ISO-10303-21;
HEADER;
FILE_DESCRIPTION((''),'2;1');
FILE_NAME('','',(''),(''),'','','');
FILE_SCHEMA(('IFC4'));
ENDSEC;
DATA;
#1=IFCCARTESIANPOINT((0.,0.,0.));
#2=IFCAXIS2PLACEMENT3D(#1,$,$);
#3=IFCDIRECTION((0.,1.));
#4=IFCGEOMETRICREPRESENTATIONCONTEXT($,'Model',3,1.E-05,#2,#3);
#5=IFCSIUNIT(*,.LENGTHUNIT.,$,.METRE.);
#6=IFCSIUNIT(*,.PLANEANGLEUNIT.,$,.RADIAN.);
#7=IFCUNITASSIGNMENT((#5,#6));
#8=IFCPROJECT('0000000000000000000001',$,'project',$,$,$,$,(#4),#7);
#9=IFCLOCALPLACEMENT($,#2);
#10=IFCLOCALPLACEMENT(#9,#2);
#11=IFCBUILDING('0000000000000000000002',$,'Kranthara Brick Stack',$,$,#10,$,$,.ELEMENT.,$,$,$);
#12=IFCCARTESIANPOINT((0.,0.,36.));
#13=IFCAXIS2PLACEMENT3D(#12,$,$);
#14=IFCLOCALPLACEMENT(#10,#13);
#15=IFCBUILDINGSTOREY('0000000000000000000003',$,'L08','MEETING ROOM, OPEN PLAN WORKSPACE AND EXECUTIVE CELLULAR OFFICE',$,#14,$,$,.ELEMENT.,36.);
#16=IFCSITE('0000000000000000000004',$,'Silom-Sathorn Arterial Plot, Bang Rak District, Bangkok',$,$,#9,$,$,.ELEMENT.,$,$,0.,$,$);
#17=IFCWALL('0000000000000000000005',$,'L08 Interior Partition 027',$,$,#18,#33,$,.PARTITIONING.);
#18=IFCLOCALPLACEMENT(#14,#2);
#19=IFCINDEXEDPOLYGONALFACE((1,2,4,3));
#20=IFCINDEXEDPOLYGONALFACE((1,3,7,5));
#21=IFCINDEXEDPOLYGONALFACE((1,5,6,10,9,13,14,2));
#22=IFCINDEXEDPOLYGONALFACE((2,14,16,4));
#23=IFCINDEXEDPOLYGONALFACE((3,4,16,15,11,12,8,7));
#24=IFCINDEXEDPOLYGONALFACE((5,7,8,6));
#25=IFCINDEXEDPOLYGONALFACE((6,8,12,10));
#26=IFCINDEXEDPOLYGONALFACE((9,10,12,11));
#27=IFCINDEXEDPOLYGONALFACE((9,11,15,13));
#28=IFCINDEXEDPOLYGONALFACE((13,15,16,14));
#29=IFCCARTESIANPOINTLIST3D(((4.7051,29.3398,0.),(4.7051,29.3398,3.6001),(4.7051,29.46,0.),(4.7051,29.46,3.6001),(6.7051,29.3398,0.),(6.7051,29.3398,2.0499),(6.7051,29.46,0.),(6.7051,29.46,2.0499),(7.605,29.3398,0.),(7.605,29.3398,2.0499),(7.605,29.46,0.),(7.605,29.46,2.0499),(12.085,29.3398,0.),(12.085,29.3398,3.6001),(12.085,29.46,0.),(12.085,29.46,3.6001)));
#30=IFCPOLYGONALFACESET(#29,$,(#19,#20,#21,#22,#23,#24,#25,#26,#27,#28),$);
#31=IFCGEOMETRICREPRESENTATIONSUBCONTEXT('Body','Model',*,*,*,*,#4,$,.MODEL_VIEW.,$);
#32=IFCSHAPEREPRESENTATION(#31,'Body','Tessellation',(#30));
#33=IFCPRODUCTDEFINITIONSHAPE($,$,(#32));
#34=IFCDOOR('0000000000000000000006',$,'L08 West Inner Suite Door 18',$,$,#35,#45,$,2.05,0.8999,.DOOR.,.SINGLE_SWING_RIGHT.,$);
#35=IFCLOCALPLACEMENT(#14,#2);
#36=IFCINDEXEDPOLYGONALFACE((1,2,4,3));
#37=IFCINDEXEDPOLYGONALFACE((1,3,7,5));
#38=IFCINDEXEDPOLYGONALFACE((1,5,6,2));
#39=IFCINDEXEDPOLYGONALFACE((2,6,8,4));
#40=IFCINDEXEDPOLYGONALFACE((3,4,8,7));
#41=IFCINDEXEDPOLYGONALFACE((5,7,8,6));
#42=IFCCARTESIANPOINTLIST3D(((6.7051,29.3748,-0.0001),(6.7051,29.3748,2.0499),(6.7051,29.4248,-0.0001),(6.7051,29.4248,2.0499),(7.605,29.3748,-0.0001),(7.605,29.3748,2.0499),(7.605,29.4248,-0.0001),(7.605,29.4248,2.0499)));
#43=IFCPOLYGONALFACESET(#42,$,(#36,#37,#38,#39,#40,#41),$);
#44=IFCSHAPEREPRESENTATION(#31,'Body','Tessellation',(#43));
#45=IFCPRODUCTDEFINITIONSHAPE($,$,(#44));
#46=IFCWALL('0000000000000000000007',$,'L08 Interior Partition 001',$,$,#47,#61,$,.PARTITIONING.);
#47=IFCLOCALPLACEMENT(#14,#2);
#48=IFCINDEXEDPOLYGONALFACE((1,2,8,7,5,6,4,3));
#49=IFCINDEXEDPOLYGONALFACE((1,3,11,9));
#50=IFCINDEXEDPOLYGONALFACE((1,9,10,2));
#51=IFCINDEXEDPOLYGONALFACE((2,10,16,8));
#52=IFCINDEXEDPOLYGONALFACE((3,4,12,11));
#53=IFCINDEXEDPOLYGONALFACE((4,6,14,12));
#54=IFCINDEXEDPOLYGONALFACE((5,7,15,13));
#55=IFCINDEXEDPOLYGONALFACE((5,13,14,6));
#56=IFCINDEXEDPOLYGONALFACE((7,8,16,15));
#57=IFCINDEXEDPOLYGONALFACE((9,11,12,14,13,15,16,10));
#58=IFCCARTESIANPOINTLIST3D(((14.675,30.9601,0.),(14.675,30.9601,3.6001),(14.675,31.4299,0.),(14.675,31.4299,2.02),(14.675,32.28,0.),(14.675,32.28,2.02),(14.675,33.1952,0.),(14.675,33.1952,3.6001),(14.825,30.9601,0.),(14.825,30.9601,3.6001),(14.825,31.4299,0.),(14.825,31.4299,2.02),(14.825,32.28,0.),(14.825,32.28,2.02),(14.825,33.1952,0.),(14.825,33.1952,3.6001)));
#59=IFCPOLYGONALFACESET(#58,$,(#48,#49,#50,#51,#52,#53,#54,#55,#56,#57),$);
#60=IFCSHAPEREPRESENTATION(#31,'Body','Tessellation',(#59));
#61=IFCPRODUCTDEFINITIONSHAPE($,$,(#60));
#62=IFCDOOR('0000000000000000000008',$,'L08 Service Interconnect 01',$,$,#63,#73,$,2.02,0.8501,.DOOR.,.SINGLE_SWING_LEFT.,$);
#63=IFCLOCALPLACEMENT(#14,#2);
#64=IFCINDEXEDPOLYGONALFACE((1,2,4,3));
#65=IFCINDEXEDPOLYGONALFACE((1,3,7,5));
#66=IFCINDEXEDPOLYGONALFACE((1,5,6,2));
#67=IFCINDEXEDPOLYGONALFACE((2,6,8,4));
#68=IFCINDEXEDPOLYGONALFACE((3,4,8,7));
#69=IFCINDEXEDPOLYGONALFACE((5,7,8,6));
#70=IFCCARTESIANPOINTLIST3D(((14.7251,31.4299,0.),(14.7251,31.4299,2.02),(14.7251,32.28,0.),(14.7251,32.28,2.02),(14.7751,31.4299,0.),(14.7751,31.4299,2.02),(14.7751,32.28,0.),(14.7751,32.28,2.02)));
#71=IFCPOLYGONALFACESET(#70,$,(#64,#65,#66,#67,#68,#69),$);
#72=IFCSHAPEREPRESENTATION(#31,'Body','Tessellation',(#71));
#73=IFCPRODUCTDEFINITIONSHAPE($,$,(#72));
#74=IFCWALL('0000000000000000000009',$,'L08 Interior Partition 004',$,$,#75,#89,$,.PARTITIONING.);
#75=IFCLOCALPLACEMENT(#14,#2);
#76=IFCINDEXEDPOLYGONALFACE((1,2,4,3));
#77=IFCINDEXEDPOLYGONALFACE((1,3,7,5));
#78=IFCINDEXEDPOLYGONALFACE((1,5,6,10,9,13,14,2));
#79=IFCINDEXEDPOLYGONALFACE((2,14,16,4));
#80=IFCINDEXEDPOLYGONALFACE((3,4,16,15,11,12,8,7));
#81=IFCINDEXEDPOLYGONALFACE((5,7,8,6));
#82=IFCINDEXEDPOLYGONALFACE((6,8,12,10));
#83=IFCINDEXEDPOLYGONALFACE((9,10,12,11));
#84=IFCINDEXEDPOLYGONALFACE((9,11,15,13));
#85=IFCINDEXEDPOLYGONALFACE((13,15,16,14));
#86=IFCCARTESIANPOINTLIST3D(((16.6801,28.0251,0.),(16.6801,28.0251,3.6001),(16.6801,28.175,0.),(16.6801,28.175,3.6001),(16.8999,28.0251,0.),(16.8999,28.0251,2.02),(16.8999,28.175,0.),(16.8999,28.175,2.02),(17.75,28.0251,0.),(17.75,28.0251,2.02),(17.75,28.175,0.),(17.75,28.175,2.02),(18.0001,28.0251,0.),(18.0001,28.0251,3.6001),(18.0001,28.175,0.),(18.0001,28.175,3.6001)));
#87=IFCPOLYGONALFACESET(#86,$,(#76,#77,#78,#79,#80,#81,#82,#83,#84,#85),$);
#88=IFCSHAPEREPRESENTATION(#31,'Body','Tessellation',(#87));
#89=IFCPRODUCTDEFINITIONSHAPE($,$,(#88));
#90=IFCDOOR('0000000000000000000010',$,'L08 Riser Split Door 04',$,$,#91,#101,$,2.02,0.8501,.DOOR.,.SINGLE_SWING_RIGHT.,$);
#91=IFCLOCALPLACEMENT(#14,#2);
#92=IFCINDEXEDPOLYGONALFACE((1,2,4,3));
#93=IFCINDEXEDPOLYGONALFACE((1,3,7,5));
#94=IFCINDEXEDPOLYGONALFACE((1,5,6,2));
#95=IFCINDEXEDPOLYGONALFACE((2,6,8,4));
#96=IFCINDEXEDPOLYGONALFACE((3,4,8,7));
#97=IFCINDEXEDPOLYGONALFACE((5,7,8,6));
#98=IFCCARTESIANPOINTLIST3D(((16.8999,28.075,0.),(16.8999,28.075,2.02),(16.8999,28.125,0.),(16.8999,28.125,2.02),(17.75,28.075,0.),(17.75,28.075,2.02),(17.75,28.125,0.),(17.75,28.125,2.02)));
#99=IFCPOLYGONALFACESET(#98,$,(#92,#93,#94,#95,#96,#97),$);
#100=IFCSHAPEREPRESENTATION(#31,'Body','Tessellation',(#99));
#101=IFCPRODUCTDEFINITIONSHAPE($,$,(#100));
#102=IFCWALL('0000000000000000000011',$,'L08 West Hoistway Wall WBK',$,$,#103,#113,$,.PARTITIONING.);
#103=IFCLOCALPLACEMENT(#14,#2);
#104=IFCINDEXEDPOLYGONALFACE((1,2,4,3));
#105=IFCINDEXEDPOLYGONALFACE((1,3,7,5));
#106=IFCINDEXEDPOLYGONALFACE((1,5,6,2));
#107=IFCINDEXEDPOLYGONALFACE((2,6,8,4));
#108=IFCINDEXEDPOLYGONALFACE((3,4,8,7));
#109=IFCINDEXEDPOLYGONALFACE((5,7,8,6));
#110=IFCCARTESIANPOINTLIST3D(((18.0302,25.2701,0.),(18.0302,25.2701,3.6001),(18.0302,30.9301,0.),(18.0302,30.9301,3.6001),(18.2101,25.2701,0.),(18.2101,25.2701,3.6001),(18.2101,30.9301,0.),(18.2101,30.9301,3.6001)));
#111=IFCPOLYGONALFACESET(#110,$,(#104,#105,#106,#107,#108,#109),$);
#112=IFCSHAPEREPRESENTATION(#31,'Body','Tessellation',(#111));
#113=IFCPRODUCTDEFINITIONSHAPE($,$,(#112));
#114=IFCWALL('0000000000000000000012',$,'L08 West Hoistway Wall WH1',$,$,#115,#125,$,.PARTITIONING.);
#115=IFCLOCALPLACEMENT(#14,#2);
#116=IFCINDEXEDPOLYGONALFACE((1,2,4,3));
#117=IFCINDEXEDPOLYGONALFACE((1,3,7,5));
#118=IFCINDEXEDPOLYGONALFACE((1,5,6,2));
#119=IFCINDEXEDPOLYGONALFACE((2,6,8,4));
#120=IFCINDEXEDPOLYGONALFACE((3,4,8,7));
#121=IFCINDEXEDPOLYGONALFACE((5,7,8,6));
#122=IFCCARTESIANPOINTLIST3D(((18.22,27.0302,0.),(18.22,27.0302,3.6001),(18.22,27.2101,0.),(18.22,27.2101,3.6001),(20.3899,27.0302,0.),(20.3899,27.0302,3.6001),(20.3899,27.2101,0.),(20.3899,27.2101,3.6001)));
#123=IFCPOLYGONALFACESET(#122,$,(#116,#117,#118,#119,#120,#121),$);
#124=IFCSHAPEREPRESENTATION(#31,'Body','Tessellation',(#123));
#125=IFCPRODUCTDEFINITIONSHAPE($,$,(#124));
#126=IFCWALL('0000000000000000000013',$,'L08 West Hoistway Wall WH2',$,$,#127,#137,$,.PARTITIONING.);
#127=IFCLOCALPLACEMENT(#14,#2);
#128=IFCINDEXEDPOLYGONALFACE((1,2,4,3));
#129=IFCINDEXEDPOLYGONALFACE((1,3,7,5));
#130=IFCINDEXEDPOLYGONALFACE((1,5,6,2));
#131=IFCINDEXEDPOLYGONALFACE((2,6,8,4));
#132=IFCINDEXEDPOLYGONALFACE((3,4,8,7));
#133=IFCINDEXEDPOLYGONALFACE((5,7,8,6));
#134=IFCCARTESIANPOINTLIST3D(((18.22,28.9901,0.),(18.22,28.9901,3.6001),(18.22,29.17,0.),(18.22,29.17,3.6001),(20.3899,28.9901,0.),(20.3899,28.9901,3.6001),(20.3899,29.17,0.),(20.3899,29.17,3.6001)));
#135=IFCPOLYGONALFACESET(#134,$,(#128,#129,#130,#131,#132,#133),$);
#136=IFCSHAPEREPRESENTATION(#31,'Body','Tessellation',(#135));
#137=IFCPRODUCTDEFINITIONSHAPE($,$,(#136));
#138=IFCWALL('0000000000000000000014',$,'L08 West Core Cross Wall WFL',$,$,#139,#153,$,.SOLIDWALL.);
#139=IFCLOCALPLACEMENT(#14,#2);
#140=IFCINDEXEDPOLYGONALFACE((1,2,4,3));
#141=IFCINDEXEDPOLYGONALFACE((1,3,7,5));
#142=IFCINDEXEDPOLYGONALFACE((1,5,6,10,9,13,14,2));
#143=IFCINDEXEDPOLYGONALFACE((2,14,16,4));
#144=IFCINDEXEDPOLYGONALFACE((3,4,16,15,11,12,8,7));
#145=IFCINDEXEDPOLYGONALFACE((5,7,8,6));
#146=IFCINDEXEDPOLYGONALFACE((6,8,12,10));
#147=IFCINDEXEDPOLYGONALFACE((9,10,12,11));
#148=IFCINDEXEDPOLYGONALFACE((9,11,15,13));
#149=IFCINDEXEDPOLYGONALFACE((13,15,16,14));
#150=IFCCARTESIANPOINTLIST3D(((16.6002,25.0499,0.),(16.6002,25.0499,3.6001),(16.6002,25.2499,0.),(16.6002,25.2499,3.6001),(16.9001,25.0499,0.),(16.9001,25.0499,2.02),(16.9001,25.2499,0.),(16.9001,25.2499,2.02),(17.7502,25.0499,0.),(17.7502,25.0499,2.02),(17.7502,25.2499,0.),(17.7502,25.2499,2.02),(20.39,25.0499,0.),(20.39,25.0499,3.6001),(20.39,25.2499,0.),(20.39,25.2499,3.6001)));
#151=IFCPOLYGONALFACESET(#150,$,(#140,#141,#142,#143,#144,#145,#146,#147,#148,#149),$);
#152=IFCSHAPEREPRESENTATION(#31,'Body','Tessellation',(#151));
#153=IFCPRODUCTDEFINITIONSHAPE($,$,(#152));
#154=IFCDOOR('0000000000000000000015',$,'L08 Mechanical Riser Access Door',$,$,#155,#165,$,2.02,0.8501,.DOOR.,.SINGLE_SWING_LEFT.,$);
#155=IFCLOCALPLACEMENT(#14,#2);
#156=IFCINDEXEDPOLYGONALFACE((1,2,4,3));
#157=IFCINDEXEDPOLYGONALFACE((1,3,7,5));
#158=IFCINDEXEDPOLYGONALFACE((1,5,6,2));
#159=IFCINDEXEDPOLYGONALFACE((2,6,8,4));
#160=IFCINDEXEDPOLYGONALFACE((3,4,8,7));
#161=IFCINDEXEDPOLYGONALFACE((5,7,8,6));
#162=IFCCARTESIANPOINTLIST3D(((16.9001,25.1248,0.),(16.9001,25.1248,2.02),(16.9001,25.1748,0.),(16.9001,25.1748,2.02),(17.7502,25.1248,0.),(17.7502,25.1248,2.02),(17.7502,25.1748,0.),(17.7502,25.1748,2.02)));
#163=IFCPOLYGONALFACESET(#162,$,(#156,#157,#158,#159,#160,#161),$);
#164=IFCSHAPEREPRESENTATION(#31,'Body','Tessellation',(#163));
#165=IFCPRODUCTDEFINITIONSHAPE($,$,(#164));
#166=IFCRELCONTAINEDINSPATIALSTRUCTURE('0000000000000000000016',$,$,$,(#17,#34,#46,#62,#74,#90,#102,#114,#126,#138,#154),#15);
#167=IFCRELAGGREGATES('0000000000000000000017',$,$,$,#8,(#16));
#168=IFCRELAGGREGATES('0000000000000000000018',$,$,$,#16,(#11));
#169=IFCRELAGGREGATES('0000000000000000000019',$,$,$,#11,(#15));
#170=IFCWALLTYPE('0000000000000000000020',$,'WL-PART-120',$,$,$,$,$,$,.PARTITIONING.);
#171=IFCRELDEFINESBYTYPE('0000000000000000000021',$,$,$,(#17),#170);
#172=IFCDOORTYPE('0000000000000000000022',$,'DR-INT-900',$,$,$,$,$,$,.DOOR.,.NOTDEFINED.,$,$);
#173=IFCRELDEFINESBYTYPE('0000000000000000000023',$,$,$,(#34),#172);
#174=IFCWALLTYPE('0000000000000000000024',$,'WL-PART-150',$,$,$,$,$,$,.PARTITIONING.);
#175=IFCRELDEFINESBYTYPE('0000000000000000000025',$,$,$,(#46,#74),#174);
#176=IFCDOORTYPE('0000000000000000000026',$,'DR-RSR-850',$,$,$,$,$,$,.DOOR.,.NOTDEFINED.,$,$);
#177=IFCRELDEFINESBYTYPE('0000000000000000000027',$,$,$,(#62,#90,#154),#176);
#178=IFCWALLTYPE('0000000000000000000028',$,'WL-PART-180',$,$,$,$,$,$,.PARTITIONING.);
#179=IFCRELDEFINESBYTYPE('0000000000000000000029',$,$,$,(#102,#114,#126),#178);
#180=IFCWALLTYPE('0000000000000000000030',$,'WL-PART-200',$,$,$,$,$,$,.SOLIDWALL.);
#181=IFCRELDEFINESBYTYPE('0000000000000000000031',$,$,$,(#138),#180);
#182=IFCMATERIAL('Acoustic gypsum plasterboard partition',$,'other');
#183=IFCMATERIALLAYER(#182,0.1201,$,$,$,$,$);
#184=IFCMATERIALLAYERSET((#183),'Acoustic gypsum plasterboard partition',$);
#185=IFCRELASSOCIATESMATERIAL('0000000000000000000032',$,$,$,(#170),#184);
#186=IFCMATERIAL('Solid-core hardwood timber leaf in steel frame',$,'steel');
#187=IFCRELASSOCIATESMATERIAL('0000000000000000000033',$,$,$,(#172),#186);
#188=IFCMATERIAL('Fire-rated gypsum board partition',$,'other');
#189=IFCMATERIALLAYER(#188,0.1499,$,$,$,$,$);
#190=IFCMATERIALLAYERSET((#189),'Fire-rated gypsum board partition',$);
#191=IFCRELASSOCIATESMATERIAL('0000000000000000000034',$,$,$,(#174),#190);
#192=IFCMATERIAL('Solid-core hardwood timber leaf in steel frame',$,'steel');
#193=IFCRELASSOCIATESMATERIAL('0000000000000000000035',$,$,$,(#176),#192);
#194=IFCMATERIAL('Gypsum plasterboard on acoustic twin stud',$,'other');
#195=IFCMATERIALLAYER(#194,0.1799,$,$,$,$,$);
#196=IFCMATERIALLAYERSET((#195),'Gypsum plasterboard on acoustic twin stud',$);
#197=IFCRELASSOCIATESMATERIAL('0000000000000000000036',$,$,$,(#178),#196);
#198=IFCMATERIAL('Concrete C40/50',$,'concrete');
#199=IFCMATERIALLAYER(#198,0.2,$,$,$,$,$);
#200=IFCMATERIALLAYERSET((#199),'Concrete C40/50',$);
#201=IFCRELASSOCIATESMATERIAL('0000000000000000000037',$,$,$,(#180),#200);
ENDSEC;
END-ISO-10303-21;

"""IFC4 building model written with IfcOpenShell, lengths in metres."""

from ifc_helpers import new_model, si_unit, direction, frame, frame_2d, origin, place, context, subcontext, project, spatial, rectangle, extrude, material, layer, layer_set, type_object, element, fill, save


model = new_model("IFC4")

# Units and contexts
model_context = context("Model", 3, precision=1e-05, world=origin(), true_north=direction((0.0, 1.0)))
body_context = subcontext(model_context, "Body", "Model", "MODEL_VIEW")
ifc_project = project(units=[si_unit("LENGTHUNIT", "METRE"), si_unit("PLANEANGLEUNIT", "RADIAN")], contexts=[model_context])

# Site, building, storey
site_placement = place(None, origin())
site = spatial("IfcSite", under=ifc_project, at=site_placement, Name="Silom-Sathorn Arterial Plot, Bang Rak District, Bangkok", CompositionType="ELEMENT", RefElevation=0.0)
building_placement = place(site_placement, origin())
building = spatial("IfcBuilding", under=site, at=building_placement, Name="Kranthara Brick Stack", CompositionType="ELEMENT")
storey_placement = place(building_placement, frame((0.0, 0.0, 36.0)))
storey = spatial("IfcBuildingStorey", under=building, at=storey_placement, Name="L08", Description="MEETING ROOM, OPEN PLAN WORKSPACE AND EXECUTIVE CELLULAR OFFICE", CompositionType="ELEMENT", Elevation=36.0)

# Walls, openings, doors
ifc_material_1 = material(Name="Acoustic gypsum plasterboard partition", Category="other")
ifc_layer_1 = layer(ifc_material_1, 0.1201)
ifc_layer_set_1 = layer_set([ifc_layer_1], Name="Acoustic gypsum plasterboard partition")
wall_type_1 = type_object("IfcWallType", Name="WL-PART-120", PredefinedType="PARTITIONING", material=ifc_layer_set_1)
ifc_material_2 = material(Name="Solid-core hardwood timber leaf in steel frame", Category="steel")
door_type_1 = type_object("IfcDoorType", Name="DR-INT-900", OperationType="NOTDEFINED", PredefinedType="DOOR", material=ifc_material_2)
wall_1_placement = place(storey_placement, frame((4.7051, 29.3999, 0.0), z_axis=(0.0, 0.0, 1.0), x_axis=(1.0, 0.0, 0.0)))
wall_1 = element("IfcWall", 1, at=wall_1_placement, inside=storey, type_object=wall_type_1, Name="L08 Interior Partition 027", PredefinedType="PARTITIONING", context=body_context, shape_type="SweptSolid", body=[
    extrude(rectangle(XDim=7.3799, YDim=0.1201, at=frame_2d((3.6899, 0.0))), origin(), (0.0, 0.0, 1.0), 3.6001),
])
opening_1_placement = place(wall_1_placement, frame((2.0, 0.0, 0.0)))
opening_1 = element("IfcOpeningElement", 2, at=opening_1_placement, cuts=wall_1, PredefinedType="OPENING", context=body_context, shape_type="SweptSolid", body=[
    extrude(rectangle(XDim=0.8999, YDim=2.05, at=frame_2d((0.45, 1.0249))), frame((0.0, 0.0701, 0.0), z_axis=(0.0, -1.0, 0.0), x_axis=(1.0, 0.0, 0.0)), (0.0, 0.0, 1.0), 0.1401),
])
door_1_placement = place(opening_1_placement, origin())
door_1 = element("IfcDoor", 3, at=door_1_placement, inside=storey, type_object=door_type_1, Name="L08 West Inner Suite Door 18", OperationType="SINGLE_SWING_RIGHT", OverallHeight=2.05, OverallWidth=0.8999, PredefinedType="DOOR", context=body_context, shape_type="SweptSolid", body=[
    extrude(rectangle(XDim=0.8999, YDim=2.05, at=frame_2d((0.45, 1.0249))), frame((0.0, 0.0249, 0.0), z_axis=(0.0, -1.0, 0.0), x_axis=(1.0, 0.0, 0.0)), (0.0, 0.0, 1.0), 0.05),
])
fill(opening_1, door_1)
ifc_material_3 = material(Name="Fire-rated gypsum board partition", Category="other")
ifc_layer_2 = layer(ifc_material_3, 0.1499)
ifc_layer_set_2 = layer_set([ifc_layer_2], Name="Fire-rated gypsum board partition")
wall_type_2 = type_object("IfcWallType", Name="WL-PART-150", PredefinedType="PARTITIONING", material=ifc_layer_set_2)
wall_2_placement = place(storey_placement, frame((14.75, 30.96, 0.0), z_axis=(0.0, 0.0, 1.0), x_axis=(0.0, 1.0, 0.0)))
wall_2 = element("IfcWall", 4, at=wall_2_placement, inside=storey, type_object=wall_type_2, Name="L08 Interior Partition 001", PredefinedType="PARTITIONING", context=body_context, shape_type="SweptSolid", body=[
    extrude(rectangle(XDim=2.2351, YDim=0.1499, at=frame_2d((1.1177, 0.0))), origin(), (0.0, 0.0, 1.0), 3.6001),
])
opening_2_placement = place(wall_2_placement, frame((0.47, 0.0, 0.0)))
opening_2 = element("IfcOpeningElement", 5, at=opening_2_placement, cuts=wall_2, PredefinedType="OPENING", context=body_context, shape_type="SweptSolid", body=[
    extrude(rectangle(XDim=0.8501, YDim=2.02, at=frame_2d((0.425, 1.01))), frame((0.0, 0.085, 0.0), z_axis=(0.0, -1.0, 0.0), x_axis=(1.0, 0.0, 0.0)), (0.0, 0.0, 1.0), 0.1699),
])
ifc_material_4 = material(Name="Solid-core hardwood timber leaf in steel frame", Category="steel")
door_type_2 = type_object("IfcDoorType", Name="DR-RSR-850", OperationType="NOTDEFINED", PredefinedType="DOOR", material=ifc_material_4)
door_2_placement = place(opening_2_placement, origin())
door_2 = element("IfcDoor", 6, at=door_2_placement, inside=storey, type_object=door_type_2, Name="L08 Service Interconnect 01", OperationType="SINGLE_SWING_LEFT", OverallHeight=2.02, OverallWidth=0.8501, PredefinedType="DOOR", context=body_context, shape_type="SweptSolid", body=[
    extrude(rectangle(XDim=0.8501, YDim=2.02, at=frame_2d((0.425, 1.01))), frame((0.0, 0.0249, 0.0), z_axis=(0.0, -1.0, 0.0), x_axis=(1.0, 0.0, 0.0)), (0.0, 0.0, 1.0), 0.05),
])
fill(opening_2, door_2)
wall_3_placement = place(storey_placement, frame((16.6799, 28.1001, 0.0), z_axis=(0.0, 0.0, 1.0), x_axis=(1.0, 0.0, 0.0)))
wall_3 = element("IfcWall", 7, at=wall_3_placement, inside=storey, type_object=wall_type_2, Name="L08 Interior Partition 004", PredefinedType="PARTITIONING", context=body_context, shape_type="SweptSolid", body=[
    extrude(rectangle(XDim=1.3201, YDim=0.1499, at=frame_2d((0.6602, 0.0))), origin(), (0.0, 0.0, 1.0), 3.6001),
])
opening_3_placement = place(wall_3_placement, frame((0.22, 0.0, 0.0)))
opening_3 = element("IfcOpeningElement", 8, at=opening_3_placement, cuts=wall_3, PredefinedType="OPENING", context=body_context, shape_type="SweptSolid", body=[
    extrude(rectangle(XDim=0.8501, YDim=2.02, at=frame_2d((0.425, 1.01))), frame((0.0, 0.085, 0.0), z_axis=(0.0, -1.0, 0.0), x_axis=(1.0, 0.0, 0.0)), (0.0, 0.0, 1.0), 0.1699),
])
door_3_placement = place(opening_3_placement, origin())
door_3 = element("IfcDoor", 9, at=door_3_placement, inside=storey, type_object=door_type_2, Name="L08 Riser Split Door 04", OperationType="SINGLE_SWING_RIGHT", OverallHeight=2.02, OverallWidth=0.8501, PredefinedType="DOOR", context=body_context, shape_type="SweptSolid", body=[
    extrude(rectangle(XDim=0.8501, YDim=2.02, at=frame_2d((0.425, 1.01))), frame((0.0, 0.0249, 0.0), z_axis=(0.0, -1.0, 0.0), x_axis=(1.0, 0.0, 0.0)), (0.0, 0.0, 1.0), 0.05),
])
fill(opening_3, door_3)

# Walls
ifc_material_5 = material(Name="Gypsum plasterboard on acoustic twin stud", Category="other")
ifc_layer_3 = layer(ifc_material_5, 0.1799)
ifc_layer_set_3 = layer_set([ifc_layer_3], Name="Gypsum plasterboard on acoustic twin stud")
wall_type_3 = type_object("IfcWallType", Name="WL-PART-180", PredefinedType="PARTITIONING", material=ifc_layer_set_3)
wall_4_placement = place(storey_placement, frame((18.1201, 25.27, 0.0), z_axis=(0.0, 0.0, 1.0), x_axis=(0.0, 1.0, 0.0)))
element("IfcWall", 10, at=wall_4_placement, inside=storey, type_object=wall_type_3, Name="L08 West Hoistway Wall WBK", PredefinedType="PARTITIONING", context=body_context, shape_type="SweptSolid", body=[
    extrude(rectangle(XDim=5.6599, YDim=0.1799, at=frame_2d((2.8301, 0.0))), origin(), (0.0, 0.0, 1.0), 3.6001),
])
for number, where, z_axis, x_axis, name in (
    (11, (18.22, 27.1201, 0.0), (0.0, 0.0, 1.0), (1.0, 0.0, 0.0), "L08 West Hoistway Wall WH1"),
    (12, (18.22, 29.0801, 0.0), (0.0, 0.0, 1.0), (1.0, 0.0, 0.0), "L08 West Hoistway Wall WH2"),
):
    element("IfcWall", number, at=place(storey_placement, frame(where, z_axis=z_axis, x_axis=x_axis)), inside=storey, type_object=wall_type_3, Name=name, PredefinedType="PARTITIONING", context=body_context, shape_type="SweptSolid", body=[
        extrude(rectangle(XDim=2.1699, YDim=0.1799, at=frame_2d((1.085, 0.0))), origin(), (0.0, 0.0, 1.0), 3.6001),
    ])

# Wall, opening, door
ifc_material_6 = material(Name="Concrete C40/50", Category="concrete")
ifc_layer_4 = layer(ifc_material_6, 0.2)
ifc_layer_set_4 = layer_set([ifc_layer_4], Name="Concrete C40/50")
wall_type_4 = type_object("IfcWallType", Name="WL-PART-200", PredefinedType="SOLIDWALL", material=ifc_layer_set_4)
wall_5_placement = place(storey_placement, frame((16.6001, 25.1499, 0.0), z_axis=(0.0, 0.0, 1.0), x_axis=(1.0, 0.0, 0.0)))
wall_5 = element("IfcWall", 13, at=wall_5_placement, inside=storey, type_object=wall_type_4, Name="L08 West Core Cross Wall WFL", PredefinedType="SOLIDWALL", context=body_context, shape_type="SweptSolid", body=[
    extrude(rectangle(XDim=3.7898, YDim=0.2, at=frame_2d((1.895, 0.0))), origin(), (0.0, 0.0, 1.0), 3.6001),
])
opening_4_placement = place(wall_5_placement, frame((0.3, 0.0, 0.0)))
opening_4 = element("IfcOpeningElement", 14, at=opening_4_placement, cuts=wall_5, PredefinedType="OPENING", context=body_context, shape_type="SweptSolid", body=[
    extrude(rectangle(XDim=0.8501, YDim=2.02, at=frame_2d((0.425, 1.01))), frame((0.0, 0.1099, 0.0), z_axis=(0.0, -1.0, 0.0), x_axis=(1.0, 0.0, 0.0)), (0.0, 0.0, 1.0), 0.22),
])
door_4_placement = place(opening_4_placement, origin())
door_4 = element("IfcDoor", 15, at=door_4_placement, inside=storey, type_object=door_type_2, Name="L08 Mechanical Riser Access Door", OperationType="SINGLE_SWING_LEFT", OverallHeight=2.02, OverallWidth=0.8501, PredefinedType="DOOR", context=body_context, shape_type="SweptSolid", body=[
    extrude(rectangle(XDim=0.8501, YDim=2.02, at=frame_2d((0.425, 1.01))), frame((0.0, 0.0249, 0.0), z_axis=(0.0, -1.0, 0.0), x_axis=(1.0, 0.0, 0.0)), (0.0, 0.0, 1.0), 0.05),
])
fill(opening_4, door_4)

save(model, "model.ifc")
